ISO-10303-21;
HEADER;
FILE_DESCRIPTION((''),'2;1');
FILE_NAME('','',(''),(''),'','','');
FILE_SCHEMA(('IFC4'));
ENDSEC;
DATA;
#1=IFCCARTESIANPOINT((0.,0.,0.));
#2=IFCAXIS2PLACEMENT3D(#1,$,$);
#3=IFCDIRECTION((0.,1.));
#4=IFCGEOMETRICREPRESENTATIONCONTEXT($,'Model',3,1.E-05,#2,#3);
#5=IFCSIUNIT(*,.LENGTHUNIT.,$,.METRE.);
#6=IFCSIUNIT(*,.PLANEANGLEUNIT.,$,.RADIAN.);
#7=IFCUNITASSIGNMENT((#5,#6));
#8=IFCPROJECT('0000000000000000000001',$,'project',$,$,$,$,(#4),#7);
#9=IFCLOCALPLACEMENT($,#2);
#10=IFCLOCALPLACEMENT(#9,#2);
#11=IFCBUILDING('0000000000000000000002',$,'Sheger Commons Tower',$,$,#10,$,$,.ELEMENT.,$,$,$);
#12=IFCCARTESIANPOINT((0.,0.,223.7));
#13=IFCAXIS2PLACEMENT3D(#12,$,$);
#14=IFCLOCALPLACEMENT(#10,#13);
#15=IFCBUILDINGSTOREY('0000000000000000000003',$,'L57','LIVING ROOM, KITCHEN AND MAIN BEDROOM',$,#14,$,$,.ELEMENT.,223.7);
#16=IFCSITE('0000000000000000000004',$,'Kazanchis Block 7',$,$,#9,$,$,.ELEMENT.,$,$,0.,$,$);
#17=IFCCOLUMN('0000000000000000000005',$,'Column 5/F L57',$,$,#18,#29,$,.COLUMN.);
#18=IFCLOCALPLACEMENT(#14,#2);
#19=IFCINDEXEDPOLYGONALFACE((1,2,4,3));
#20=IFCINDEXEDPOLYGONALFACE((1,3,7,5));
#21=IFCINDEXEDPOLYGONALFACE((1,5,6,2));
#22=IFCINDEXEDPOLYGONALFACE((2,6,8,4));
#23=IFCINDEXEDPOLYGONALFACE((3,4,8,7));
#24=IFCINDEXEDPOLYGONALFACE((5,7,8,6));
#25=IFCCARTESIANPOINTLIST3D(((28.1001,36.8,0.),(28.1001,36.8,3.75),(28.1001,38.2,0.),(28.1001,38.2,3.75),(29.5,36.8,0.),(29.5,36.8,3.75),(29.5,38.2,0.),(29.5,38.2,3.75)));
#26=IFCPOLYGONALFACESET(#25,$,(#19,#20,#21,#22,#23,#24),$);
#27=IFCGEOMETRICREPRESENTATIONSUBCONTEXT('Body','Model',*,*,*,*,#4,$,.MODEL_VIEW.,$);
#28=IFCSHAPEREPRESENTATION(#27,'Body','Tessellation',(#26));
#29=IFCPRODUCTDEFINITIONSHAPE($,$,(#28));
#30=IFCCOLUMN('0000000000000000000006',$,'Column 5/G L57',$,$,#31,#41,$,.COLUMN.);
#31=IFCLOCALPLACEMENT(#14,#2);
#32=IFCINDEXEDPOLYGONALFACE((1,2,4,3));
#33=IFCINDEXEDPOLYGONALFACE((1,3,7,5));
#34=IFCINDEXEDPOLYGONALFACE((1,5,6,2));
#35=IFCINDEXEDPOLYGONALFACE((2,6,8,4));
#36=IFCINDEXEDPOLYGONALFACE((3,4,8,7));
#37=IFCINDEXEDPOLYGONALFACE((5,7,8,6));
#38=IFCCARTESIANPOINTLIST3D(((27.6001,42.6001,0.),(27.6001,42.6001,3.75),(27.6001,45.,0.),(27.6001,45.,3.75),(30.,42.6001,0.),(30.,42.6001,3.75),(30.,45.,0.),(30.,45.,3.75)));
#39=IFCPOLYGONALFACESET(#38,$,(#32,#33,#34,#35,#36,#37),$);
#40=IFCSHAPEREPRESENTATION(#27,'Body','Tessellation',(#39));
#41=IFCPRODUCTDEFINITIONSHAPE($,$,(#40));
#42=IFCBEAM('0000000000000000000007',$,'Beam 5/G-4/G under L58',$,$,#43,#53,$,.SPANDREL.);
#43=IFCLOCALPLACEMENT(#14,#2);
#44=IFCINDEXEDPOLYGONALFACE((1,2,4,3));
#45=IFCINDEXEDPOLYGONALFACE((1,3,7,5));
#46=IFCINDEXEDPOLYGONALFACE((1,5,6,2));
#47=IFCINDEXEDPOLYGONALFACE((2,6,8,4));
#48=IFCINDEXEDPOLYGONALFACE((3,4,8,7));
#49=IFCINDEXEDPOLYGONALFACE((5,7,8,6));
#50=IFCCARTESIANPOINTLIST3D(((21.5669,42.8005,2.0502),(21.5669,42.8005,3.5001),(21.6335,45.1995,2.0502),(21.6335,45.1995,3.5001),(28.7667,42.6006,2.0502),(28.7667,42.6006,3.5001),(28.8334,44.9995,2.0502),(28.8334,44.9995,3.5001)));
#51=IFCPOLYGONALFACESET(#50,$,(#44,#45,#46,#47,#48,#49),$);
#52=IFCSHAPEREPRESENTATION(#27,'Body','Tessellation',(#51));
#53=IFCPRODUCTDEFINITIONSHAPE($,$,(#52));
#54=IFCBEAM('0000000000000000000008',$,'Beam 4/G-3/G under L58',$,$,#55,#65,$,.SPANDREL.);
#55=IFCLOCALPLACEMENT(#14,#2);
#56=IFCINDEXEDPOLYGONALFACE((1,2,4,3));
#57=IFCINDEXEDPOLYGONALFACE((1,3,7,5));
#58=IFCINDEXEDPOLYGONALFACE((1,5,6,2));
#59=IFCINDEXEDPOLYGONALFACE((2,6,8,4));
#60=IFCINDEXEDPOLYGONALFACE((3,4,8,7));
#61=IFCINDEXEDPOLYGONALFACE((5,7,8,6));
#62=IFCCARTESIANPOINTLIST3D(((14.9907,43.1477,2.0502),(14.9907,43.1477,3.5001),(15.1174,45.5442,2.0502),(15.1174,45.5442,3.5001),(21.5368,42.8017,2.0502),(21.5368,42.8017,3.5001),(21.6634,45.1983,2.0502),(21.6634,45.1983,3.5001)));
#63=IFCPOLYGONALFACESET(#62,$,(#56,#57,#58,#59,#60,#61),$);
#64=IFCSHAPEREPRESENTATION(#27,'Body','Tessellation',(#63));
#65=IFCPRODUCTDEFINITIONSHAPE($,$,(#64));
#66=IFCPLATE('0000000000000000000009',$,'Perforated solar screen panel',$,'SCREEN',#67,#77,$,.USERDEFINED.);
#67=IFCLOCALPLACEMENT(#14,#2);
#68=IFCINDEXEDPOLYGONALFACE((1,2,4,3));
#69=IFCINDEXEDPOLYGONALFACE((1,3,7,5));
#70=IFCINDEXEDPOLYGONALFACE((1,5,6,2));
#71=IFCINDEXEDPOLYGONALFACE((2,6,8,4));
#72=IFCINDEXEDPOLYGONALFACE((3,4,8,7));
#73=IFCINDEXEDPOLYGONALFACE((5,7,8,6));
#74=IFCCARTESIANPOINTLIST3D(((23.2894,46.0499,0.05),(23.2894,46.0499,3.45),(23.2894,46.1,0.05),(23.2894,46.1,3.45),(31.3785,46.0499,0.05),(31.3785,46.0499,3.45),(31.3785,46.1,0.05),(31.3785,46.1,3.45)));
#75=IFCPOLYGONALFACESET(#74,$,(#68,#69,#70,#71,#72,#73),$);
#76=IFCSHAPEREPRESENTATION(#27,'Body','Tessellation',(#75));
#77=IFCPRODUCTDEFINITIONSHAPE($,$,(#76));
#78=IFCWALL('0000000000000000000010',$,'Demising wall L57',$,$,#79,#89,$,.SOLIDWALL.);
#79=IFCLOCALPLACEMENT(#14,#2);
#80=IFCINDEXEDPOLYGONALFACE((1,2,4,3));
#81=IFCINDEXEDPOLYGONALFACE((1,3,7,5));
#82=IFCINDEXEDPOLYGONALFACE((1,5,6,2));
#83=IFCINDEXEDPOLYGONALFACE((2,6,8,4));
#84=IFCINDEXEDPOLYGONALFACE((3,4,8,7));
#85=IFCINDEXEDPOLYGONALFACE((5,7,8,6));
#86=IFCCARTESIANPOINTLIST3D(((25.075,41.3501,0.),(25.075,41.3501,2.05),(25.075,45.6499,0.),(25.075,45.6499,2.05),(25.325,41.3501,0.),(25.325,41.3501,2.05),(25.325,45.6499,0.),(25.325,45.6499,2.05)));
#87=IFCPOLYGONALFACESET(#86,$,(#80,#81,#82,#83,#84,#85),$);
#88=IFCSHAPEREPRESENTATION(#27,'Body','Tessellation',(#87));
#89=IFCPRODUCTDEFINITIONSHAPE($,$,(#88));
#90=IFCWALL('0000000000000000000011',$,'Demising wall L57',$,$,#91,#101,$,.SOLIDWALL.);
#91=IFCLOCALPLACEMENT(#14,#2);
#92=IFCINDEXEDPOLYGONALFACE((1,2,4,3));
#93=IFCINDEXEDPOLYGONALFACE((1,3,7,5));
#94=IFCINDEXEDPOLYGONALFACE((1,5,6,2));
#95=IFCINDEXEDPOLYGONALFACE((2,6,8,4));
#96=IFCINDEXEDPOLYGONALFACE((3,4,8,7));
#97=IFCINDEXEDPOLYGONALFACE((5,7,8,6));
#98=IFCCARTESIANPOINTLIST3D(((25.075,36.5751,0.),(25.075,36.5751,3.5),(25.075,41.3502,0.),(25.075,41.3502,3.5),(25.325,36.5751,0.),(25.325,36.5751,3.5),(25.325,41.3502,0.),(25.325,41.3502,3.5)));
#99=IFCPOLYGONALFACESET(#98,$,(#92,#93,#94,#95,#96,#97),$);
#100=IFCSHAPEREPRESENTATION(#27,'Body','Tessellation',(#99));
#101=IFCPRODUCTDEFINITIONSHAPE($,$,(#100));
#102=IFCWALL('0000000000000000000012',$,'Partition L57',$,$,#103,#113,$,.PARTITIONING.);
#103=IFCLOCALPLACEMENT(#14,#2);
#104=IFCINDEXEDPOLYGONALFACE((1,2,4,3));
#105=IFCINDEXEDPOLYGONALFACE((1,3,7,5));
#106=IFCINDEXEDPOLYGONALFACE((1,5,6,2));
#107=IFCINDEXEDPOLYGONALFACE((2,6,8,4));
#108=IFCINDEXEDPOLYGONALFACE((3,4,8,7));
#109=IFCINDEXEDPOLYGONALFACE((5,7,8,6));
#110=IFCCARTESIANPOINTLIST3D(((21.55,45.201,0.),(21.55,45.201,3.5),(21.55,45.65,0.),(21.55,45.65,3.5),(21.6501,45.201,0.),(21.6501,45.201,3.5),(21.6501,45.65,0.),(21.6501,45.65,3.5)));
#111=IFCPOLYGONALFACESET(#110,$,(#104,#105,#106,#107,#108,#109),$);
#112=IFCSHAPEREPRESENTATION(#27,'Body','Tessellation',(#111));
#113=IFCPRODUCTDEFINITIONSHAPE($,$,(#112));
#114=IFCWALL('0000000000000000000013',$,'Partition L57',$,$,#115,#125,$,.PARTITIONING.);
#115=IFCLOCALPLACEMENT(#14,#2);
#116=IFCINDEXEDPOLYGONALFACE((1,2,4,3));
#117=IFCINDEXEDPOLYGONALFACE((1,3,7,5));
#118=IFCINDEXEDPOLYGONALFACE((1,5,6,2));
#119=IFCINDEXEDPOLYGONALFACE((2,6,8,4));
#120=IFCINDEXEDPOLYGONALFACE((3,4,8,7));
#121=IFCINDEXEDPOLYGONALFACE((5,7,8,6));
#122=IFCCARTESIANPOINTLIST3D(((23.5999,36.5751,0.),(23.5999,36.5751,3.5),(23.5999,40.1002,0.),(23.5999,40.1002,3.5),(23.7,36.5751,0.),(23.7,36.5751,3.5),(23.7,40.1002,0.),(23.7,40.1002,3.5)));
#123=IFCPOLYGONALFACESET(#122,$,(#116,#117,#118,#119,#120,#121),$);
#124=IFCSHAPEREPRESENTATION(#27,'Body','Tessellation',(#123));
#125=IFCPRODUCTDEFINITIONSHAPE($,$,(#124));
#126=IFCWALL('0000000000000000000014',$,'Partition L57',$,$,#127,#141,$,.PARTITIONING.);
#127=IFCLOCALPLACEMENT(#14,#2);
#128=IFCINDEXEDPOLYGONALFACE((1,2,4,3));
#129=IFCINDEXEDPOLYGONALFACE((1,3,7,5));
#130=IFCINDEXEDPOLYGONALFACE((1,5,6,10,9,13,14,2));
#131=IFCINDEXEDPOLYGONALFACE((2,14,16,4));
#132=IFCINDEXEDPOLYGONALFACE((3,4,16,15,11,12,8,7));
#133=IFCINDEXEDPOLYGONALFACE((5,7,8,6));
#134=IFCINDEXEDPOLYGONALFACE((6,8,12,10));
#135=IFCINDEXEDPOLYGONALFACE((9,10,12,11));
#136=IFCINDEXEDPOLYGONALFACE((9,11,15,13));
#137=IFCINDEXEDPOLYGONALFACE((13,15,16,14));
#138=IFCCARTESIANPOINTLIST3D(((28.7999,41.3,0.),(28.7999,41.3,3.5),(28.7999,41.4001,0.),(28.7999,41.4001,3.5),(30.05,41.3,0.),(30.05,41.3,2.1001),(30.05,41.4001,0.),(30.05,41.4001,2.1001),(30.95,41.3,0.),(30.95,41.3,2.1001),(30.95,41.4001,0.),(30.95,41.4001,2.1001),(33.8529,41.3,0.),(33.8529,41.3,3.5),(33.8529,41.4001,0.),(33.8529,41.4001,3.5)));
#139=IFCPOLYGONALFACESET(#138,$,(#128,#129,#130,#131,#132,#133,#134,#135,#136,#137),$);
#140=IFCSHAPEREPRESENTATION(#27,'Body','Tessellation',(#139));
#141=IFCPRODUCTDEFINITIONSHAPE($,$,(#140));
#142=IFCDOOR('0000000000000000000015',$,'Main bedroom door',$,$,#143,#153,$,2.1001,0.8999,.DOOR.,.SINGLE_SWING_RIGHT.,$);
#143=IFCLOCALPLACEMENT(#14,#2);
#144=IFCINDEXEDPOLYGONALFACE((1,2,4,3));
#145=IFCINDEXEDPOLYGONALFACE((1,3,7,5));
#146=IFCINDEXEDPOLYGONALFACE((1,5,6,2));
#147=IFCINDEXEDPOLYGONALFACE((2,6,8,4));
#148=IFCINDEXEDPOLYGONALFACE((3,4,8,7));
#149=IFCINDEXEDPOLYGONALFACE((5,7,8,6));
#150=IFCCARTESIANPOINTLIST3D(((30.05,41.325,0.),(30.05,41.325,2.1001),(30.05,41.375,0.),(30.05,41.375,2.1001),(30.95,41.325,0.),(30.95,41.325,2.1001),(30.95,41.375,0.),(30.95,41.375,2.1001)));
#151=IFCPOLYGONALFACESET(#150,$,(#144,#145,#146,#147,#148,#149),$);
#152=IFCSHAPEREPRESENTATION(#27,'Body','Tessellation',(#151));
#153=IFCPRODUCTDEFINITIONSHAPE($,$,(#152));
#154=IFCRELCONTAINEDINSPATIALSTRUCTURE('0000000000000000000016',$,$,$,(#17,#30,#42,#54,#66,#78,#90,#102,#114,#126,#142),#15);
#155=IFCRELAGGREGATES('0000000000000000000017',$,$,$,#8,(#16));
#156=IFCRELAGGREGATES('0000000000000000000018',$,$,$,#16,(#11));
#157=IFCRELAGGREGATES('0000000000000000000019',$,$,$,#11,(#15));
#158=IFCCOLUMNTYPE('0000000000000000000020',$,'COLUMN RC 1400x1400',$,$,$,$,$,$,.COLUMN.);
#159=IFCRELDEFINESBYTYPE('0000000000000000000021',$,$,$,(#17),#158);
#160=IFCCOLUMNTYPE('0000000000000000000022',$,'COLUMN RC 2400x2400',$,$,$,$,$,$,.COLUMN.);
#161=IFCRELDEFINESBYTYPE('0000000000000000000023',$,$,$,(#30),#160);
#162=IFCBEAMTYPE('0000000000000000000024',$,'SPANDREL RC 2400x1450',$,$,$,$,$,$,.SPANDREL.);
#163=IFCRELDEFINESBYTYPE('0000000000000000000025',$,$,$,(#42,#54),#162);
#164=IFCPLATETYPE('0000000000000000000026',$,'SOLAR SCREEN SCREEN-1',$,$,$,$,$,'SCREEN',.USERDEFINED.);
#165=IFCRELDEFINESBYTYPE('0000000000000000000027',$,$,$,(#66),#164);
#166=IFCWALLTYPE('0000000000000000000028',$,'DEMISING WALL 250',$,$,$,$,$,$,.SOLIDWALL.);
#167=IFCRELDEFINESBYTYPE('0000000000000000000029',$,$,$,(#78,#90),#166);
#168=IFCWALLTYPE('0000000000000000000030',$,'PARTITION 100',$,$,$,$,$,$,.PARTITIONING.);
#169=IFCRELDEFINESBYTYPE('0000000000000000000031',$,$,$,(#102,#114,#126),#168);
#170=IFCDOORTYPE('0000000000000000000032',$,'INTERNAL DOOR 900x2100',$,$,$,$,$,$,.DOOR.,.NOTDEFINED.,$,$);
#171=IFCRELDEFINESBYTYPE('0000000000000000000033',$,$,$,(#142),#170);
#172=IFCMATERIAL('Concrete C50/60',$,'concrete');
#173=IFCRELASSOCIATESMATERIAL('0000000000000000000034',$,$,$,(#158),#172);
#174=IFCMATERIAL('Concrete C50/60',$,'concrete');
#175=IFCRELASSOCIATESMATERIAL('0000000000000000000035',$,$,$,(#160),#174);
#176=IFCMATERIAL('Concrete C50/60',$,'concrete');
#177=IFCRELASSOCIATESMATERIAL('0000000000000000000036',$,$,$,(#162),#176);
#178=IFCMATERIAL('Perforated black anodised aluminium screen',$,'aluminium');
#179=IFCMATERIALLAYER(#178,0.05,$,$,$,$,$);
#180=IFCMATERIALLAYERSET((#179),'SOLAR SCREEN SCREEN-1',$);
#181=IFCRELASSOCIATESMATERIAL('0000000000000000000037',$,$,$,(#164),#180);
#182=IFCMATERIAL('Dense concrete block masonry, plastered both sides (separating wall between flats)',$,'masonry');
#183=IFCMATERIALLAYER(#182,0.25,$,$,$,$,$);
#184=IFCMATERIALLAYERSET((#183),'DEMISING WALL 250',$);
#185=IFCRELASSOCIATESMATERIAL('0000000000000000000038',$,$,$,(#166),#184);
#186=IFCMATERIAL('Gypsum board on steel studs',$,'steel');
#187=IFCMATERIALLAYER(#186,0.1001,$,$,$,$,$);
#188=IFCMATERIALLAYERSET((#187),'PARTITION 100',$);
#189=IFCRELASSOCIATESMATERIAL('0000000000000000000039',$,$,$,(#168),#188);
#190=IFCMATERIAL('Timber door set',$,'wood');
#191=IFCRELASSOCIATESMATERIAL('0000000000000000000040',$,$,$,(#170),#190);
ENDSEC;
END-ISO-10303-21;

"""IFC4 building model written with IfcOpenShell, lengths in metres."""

from ifc_helpers import new_model, si_unit, direction, frame, frame_2d, origin, origin_2d, place, context, subcontext, project, spatial, rectangle, extrude, material, layer, layer_set, material_profile, profile_set, type_object, element, fill, save


model = new_model("IFC4")

# Units and contexts
model_context = context("Model", 3, precision=1e-05, world=origin(), true_north=direction((0.0, 1.0)))
body_context = subcontext(model_context, "Body", "Model", "MODEL_VIEW")
ifc_project = project(units=[si_unit("LENGTHUNIT", "METRE"), si_unit("PLANEANGLEUNIT", "RADIAN")], contexts=[model_context])

# Site, building, storey
site_placement = place(None, origin())
site = spatial("IfcSite", under=ifc_project, at=site_placement, Name="Kazanchis Block 7", CompositionType="ELEMENT", RefElevation=0.0)
building_placement = place(site_placement, origin())
building = spatial("IfcBuilding", under=site, at=building_placement, Name="Sheger Commons Tower", CompositionType="ELEMENT")
storey_placement = place(building_placement, frame((0.0, 0.0, 223.7)))
storey = spatial("IfcBuildingStorey", under=building, at=storey_placement, Name="L57", Description="LIVING ROOM, KITCHEN AND MAIN BEDROOM", CompositionType="ELEMENT", Elevation=223.7)

# Columns
ifc_material_1 = material(Name="Concrete C50/60", Category="concrete")
ifc_material_profile_1 = material_profile(ifc_material_1, rectangle(XDim=1.3999, YDim=1.3999, at=origin_2d()), Name="RC 1400x1400")
ifc_profile_set_1 = profile_set([ifc_material_profile_1], Name="Concrete C50/60")
column_type_1 = type_object("IfcColumnType", Name="COLUMN RC 1400x1400", PredefinedType="COLUMN", material=ifc_profile_set_1)
column_1_placement = place(storey_placement, frame((28.8, 37.5, 0.0), z_axis=(0.0, 0.0, 1.0), x_axis=(1.0, 0.0, 0.0)))
element("IfcColumn", 1, at=column_1_placement, inside=storey, type_object=column_type_1, Name="Column 5/F L57", PredefinedType="COLUMN", context=body_context, shape_type="SweptSolid", body=[
    extrude(rectangle(XDim=1.3999, YDim=1.3999, at=origin_2d()), origin(), (0.0, 0.0, 1.0), 3.75),
])
ifc_material_2 = material(Name="Concrete C50/60", Category="concrete")
ifc_material_profile_2 = material_profile(ifc_material_2, rectangle(XDim=2.3999, YDim=2.3999, at=origin_2d()), Name="RC 2400x2400")
ifc_profile_set_2 = profile_set([ifc_material_profile_2], Name="Concrete C50/60")
column_type_2 = type_object("IfcColumnType", Name="COLUMN RC 2400x2400", PredefinedType="COLUMN", material=ifc_profile_set_2)
column_2_placement = place(storey_placement, frame((28.8, 43.8, 0.0), z_axis=(0.0, 0.0, 1.0), x_axis=(1.0, 0.0, 0.0)))
element("IfcColumn", 2, at=column_2_placement, inside=storey, type_object=column_type_2, Name="Column 5/G L57", PredefinedType="COLUMN", context=body_context, shape_type="SweptSolid", body=[
    extrude(rectangle(XDim=2.3999, YDim=2.3999, at=origin_2d()), origin(), (0.0, 0.0, 1.0), 3.75),
])

# Beams
ifc_material_3 = material(Name="Concrete C50/60", Category="concrete")
ifc_material_profile_3 = material_profile(ifc_material_3, rectangle(XDim=2.3999, YDim=1.45, at=origin_2d()), Name="RC 2400x1450")
ifc_profile_set_3 = profile_set([ifc_material_profile_3], Name="Concrete C50/60")
beam_type = type_object("IfcBeamType", Name="SPANDREL RC 2400x1450", PredefinedType="SPANDREL", material=ifc_profile_set_3)
beam_1_placement = place(storey_placement, frame((28.8, 43.8, 2.7751), z_axis=(-0.999615, 0.02776, 0.0), x_axis=(-0.02776, -0.999615, 0.0)))
element("IfcBeam", 3, at=beam_1_placement, inside=storey, type_object=beam_type, Name="Beam 5/G-4/G under L58", PredefinedType="SPANDREL", context=body_context, shape_type="SweptSolid", body=[
    extrude(rectangle(XDim=2.3999, YDim=1.45, at=origin_2d()), origin(), (0.0, 0.0, 1.0), 7.2026),
])
beam_2_placement = place(storey_placement, frame((21.6001, 44.0, 2.7751), z_axis=(-0.998606, 0.052774, 0.0), x_axis=(-0.052774, -0.998606, 0.0)))
element("IfcBeam", 4, at=beam_2_placement, inside=storey, type_object=beam_type, Name="Beam 4/G-3/G under L58", PredefinedType="SPANDREL", context=body_context, shape_type="SweptSolid", body=[
    extrude(rectangle(XDim=2.3999, YDim=1.45, at=origin_2d()), origin(), (0.0, 0.0, 1.0), 6.5552),
])

# Plate
ifc_material_4 = material(Name="Perforated black anodised aluminium screen", Category="aluminium")
ifc_layer_1 = layer(ifc_material_4, 0.05)
ifc_layer_set_1 = layer_set([ifc_layer_1], Name="SOLAR SCREEN SCREEN-1")
plate_type = type_object("IfcPlateType", Name="SOLAR SCREEN SCREEN-1", ElementType="SCREEN", PredefinedType="USERDEFINED", material=ifc_layer_set_1)
plate_placement = place(storey_placement, frame((27.334, 46.075, 0.05), z_axis=(0.0, 0.0, 1.0), x_axis=(-1.0, 0.0, 0.0)))
element("IfcPlate", 5, at=plate_placement, inside=storey, type_object=plate_type, Name="Perforated solar screen panel", ObjectType="SCREEN", PredefinedType="USERDEFINED", context=body_context, shape_type="SweptSolid", body=[
    extrude(rectangle(XDim=8.0891, YDim=0.05, at=origin_2d()), origin(), (0.0, 0.0, 1.0), 3.3999),
])

# Walls
ifc_material_5 = material(Name="Dense concrete block masonry, plastered both sides (separating wall between flats)", Category="masonry")
ifc_layer_2 = layer(ifc_material_5, 0.25)
ifc_layer_set_2 = layer_set([ifc_layer_2], Name="DEMISING WALL 250")
wall_type_1 = type_object("IfcWallType", Name="DEMISING WALL 250", PredefinedType="SOLIDWALL", material=ifc_layer_set_2)
wall_1_placement = place(storey_placement, frame((25.2, 41.3501, 0.0), z_axis=(0.0, 0.0, 1.0), x_axis=(0.0, 1.0, 0.0)))
element("IfcWall", 6, at=wall_1_placement, inside=storey, type_object=wall_type_1, Name="Demising wall L57", PredefinedType="SOLIDWALL", context=body_context, shape_type="SweptSolid", body=[
    extrude(rectangle(XDim=4.2998, YDim=0.25, at=frame_2d((2.1499, 0.0))), origin(), (0.0, 0.0, 1.0), 2.05),
])
wall_2_placement = place(storey_placement, frame((25.2, 36.575, 0.0), z_axis=(0.0, 0.0, 1.0), x_axis=(0.0, 1.0, 0.0)))
element("IfcWall", 7, at=wall_2_placement, inside=storey, type_object=wall_type_1, Name="Demising wall L57", PredefinedType="SOLIDWALL", context=body_context, shape_type="SweptSolid", body=[
    extrude(rectangle(XDim=4.7751, YDim=0.25, at=frame_2d((2.3877, 0.0))), origin(), (0.0, 0.0, 1.0), 3.5),
])
ifc_material_6 = material(Name="Gypsum board on steel studs", Category="steel")
ifc_layer_3 = layer(ifc_material_6, 0.1001)
ifc_layer_set_3 = layer_set([ifc_layer_3], Name="PARTITION 100")
wall_type_2 = type_object("IfcWallType", Name="PARTITION 100", PredefinedType="PARTITIONING", material=ifc_layer_set_3)
wall_3_placement = place(storey_placement, frame((21.6001, 45.2009, 0.0), z_axis=(0.0, 0.0, 1.0), x_axis=(0.0, 1.0, 0.0)))
element("IfcWall", 8, at=wall_3_placement, inside=storey, type_object=wall_type_2, Name="Partition L57", PredefinedType="PARTITIONING", context=body_context, shape_type="SweptSolid", body=[
    extrude(rectangle(XDim=0.449, YDim=0.1001, at=frame_2d((0.2246, 0.0))), origin(), (0.0, 0.0, 1.0), 3.5),
])
wall_4_placement = place(storey_placement, frame((23.6499, 36.575, 0.0), z_axis=(0.0, 0.0, 1.0), x_axis=(0.0, 1.0, 0.0)))
element("IfcWall", 9, at=wall_4_placement, inside=storey, type_object=wall_type_2, Name="Partition L57", PredefinedType="PARTITIONING", context=body_context, shape_type="SweptSolid", body=[
    extrude(rectangle(XDim=3.5251, YDim=0.1001, at=frame_2d((1.7627, 0.0))), origin(), (0.0, 0.0, 1.0), 3.5),
])

# Wall, opening, door
wall_5_placement = place(storey_placement, frame((28.8, 41.3501, 0.0), z_axis=(0.0, 0.0, 1.0), x_axis=(1.0, 0.0, 0.0)))
wall_5 = element("IfcWall", 10, at=wall_5_placement, inside=storey, type_object=wall_type_2, Name="Partition L57", PredefinedType="PARTITIONING", context=body_context, shape_type="SweptSolid", body=[
    extrude(rectangle(XDim=5.053, YDim=0.1001, at=frame_2d((2.5264, 0.0))), origin(), (0.0, 0.0, 1.0), 3.5),
])
opening_1_placement = place(wall_5_placement, frame((1.25, 0.0, 0.0)))
opening_1 = element("IfcOpeningElement", 11, at=opening_1_placement, cuts=wall_5, PredefinedType="OPENING", context=body_context, shape_type="SweptSolid", body=[
    extrude(rectangle(XDim=0.8999, YDim=2.1001, at=frame_2d((0.45, 1.05))), frame((0.0, 0.0601, 0.0), z_axis=(0.0, -1.0, 0.0), x_axis=(1.0, 0.0, 0.0)), (0.0, 0.0, 1.0), 0.1201),
])
ifc_material_7 = material(Name="Timber door set", Category="wood")
door_type = type_object("IfcDoorType", Name="INTERNAL DOOR 900x2100", OperationType="NOTDEFINED", PredefinedType="DOOR", material=ifc_material_7)
door_1_placement = place(opening_1_placement, origin())
door_1 = element("IfcDoor", 12, at=door_1_placement, inside=storey, type_object=door_type, Name="Main bedroom door", OperationType="SINGLE_SWING_RIGHT", OverallHeight=2.1001, OverallWidth=0.8999, PredefinedType="DOOR", context=body_context, shape_type="SweptSolid", body=[
    extrude(rectangle(XDim=0.8999, YDim=2.1001, at=frame_2d((0.45, 1.05))), frame((0.0, 0.0249, 0.0), z_axis=(0.0, -1.0, 0.0), x_axis=(1.0, 0.0, 0.0)), (0.0, 0.0, 1.0), 0.05),
])
fill(opening_1, door_1)

save(model, "model.ifc")
